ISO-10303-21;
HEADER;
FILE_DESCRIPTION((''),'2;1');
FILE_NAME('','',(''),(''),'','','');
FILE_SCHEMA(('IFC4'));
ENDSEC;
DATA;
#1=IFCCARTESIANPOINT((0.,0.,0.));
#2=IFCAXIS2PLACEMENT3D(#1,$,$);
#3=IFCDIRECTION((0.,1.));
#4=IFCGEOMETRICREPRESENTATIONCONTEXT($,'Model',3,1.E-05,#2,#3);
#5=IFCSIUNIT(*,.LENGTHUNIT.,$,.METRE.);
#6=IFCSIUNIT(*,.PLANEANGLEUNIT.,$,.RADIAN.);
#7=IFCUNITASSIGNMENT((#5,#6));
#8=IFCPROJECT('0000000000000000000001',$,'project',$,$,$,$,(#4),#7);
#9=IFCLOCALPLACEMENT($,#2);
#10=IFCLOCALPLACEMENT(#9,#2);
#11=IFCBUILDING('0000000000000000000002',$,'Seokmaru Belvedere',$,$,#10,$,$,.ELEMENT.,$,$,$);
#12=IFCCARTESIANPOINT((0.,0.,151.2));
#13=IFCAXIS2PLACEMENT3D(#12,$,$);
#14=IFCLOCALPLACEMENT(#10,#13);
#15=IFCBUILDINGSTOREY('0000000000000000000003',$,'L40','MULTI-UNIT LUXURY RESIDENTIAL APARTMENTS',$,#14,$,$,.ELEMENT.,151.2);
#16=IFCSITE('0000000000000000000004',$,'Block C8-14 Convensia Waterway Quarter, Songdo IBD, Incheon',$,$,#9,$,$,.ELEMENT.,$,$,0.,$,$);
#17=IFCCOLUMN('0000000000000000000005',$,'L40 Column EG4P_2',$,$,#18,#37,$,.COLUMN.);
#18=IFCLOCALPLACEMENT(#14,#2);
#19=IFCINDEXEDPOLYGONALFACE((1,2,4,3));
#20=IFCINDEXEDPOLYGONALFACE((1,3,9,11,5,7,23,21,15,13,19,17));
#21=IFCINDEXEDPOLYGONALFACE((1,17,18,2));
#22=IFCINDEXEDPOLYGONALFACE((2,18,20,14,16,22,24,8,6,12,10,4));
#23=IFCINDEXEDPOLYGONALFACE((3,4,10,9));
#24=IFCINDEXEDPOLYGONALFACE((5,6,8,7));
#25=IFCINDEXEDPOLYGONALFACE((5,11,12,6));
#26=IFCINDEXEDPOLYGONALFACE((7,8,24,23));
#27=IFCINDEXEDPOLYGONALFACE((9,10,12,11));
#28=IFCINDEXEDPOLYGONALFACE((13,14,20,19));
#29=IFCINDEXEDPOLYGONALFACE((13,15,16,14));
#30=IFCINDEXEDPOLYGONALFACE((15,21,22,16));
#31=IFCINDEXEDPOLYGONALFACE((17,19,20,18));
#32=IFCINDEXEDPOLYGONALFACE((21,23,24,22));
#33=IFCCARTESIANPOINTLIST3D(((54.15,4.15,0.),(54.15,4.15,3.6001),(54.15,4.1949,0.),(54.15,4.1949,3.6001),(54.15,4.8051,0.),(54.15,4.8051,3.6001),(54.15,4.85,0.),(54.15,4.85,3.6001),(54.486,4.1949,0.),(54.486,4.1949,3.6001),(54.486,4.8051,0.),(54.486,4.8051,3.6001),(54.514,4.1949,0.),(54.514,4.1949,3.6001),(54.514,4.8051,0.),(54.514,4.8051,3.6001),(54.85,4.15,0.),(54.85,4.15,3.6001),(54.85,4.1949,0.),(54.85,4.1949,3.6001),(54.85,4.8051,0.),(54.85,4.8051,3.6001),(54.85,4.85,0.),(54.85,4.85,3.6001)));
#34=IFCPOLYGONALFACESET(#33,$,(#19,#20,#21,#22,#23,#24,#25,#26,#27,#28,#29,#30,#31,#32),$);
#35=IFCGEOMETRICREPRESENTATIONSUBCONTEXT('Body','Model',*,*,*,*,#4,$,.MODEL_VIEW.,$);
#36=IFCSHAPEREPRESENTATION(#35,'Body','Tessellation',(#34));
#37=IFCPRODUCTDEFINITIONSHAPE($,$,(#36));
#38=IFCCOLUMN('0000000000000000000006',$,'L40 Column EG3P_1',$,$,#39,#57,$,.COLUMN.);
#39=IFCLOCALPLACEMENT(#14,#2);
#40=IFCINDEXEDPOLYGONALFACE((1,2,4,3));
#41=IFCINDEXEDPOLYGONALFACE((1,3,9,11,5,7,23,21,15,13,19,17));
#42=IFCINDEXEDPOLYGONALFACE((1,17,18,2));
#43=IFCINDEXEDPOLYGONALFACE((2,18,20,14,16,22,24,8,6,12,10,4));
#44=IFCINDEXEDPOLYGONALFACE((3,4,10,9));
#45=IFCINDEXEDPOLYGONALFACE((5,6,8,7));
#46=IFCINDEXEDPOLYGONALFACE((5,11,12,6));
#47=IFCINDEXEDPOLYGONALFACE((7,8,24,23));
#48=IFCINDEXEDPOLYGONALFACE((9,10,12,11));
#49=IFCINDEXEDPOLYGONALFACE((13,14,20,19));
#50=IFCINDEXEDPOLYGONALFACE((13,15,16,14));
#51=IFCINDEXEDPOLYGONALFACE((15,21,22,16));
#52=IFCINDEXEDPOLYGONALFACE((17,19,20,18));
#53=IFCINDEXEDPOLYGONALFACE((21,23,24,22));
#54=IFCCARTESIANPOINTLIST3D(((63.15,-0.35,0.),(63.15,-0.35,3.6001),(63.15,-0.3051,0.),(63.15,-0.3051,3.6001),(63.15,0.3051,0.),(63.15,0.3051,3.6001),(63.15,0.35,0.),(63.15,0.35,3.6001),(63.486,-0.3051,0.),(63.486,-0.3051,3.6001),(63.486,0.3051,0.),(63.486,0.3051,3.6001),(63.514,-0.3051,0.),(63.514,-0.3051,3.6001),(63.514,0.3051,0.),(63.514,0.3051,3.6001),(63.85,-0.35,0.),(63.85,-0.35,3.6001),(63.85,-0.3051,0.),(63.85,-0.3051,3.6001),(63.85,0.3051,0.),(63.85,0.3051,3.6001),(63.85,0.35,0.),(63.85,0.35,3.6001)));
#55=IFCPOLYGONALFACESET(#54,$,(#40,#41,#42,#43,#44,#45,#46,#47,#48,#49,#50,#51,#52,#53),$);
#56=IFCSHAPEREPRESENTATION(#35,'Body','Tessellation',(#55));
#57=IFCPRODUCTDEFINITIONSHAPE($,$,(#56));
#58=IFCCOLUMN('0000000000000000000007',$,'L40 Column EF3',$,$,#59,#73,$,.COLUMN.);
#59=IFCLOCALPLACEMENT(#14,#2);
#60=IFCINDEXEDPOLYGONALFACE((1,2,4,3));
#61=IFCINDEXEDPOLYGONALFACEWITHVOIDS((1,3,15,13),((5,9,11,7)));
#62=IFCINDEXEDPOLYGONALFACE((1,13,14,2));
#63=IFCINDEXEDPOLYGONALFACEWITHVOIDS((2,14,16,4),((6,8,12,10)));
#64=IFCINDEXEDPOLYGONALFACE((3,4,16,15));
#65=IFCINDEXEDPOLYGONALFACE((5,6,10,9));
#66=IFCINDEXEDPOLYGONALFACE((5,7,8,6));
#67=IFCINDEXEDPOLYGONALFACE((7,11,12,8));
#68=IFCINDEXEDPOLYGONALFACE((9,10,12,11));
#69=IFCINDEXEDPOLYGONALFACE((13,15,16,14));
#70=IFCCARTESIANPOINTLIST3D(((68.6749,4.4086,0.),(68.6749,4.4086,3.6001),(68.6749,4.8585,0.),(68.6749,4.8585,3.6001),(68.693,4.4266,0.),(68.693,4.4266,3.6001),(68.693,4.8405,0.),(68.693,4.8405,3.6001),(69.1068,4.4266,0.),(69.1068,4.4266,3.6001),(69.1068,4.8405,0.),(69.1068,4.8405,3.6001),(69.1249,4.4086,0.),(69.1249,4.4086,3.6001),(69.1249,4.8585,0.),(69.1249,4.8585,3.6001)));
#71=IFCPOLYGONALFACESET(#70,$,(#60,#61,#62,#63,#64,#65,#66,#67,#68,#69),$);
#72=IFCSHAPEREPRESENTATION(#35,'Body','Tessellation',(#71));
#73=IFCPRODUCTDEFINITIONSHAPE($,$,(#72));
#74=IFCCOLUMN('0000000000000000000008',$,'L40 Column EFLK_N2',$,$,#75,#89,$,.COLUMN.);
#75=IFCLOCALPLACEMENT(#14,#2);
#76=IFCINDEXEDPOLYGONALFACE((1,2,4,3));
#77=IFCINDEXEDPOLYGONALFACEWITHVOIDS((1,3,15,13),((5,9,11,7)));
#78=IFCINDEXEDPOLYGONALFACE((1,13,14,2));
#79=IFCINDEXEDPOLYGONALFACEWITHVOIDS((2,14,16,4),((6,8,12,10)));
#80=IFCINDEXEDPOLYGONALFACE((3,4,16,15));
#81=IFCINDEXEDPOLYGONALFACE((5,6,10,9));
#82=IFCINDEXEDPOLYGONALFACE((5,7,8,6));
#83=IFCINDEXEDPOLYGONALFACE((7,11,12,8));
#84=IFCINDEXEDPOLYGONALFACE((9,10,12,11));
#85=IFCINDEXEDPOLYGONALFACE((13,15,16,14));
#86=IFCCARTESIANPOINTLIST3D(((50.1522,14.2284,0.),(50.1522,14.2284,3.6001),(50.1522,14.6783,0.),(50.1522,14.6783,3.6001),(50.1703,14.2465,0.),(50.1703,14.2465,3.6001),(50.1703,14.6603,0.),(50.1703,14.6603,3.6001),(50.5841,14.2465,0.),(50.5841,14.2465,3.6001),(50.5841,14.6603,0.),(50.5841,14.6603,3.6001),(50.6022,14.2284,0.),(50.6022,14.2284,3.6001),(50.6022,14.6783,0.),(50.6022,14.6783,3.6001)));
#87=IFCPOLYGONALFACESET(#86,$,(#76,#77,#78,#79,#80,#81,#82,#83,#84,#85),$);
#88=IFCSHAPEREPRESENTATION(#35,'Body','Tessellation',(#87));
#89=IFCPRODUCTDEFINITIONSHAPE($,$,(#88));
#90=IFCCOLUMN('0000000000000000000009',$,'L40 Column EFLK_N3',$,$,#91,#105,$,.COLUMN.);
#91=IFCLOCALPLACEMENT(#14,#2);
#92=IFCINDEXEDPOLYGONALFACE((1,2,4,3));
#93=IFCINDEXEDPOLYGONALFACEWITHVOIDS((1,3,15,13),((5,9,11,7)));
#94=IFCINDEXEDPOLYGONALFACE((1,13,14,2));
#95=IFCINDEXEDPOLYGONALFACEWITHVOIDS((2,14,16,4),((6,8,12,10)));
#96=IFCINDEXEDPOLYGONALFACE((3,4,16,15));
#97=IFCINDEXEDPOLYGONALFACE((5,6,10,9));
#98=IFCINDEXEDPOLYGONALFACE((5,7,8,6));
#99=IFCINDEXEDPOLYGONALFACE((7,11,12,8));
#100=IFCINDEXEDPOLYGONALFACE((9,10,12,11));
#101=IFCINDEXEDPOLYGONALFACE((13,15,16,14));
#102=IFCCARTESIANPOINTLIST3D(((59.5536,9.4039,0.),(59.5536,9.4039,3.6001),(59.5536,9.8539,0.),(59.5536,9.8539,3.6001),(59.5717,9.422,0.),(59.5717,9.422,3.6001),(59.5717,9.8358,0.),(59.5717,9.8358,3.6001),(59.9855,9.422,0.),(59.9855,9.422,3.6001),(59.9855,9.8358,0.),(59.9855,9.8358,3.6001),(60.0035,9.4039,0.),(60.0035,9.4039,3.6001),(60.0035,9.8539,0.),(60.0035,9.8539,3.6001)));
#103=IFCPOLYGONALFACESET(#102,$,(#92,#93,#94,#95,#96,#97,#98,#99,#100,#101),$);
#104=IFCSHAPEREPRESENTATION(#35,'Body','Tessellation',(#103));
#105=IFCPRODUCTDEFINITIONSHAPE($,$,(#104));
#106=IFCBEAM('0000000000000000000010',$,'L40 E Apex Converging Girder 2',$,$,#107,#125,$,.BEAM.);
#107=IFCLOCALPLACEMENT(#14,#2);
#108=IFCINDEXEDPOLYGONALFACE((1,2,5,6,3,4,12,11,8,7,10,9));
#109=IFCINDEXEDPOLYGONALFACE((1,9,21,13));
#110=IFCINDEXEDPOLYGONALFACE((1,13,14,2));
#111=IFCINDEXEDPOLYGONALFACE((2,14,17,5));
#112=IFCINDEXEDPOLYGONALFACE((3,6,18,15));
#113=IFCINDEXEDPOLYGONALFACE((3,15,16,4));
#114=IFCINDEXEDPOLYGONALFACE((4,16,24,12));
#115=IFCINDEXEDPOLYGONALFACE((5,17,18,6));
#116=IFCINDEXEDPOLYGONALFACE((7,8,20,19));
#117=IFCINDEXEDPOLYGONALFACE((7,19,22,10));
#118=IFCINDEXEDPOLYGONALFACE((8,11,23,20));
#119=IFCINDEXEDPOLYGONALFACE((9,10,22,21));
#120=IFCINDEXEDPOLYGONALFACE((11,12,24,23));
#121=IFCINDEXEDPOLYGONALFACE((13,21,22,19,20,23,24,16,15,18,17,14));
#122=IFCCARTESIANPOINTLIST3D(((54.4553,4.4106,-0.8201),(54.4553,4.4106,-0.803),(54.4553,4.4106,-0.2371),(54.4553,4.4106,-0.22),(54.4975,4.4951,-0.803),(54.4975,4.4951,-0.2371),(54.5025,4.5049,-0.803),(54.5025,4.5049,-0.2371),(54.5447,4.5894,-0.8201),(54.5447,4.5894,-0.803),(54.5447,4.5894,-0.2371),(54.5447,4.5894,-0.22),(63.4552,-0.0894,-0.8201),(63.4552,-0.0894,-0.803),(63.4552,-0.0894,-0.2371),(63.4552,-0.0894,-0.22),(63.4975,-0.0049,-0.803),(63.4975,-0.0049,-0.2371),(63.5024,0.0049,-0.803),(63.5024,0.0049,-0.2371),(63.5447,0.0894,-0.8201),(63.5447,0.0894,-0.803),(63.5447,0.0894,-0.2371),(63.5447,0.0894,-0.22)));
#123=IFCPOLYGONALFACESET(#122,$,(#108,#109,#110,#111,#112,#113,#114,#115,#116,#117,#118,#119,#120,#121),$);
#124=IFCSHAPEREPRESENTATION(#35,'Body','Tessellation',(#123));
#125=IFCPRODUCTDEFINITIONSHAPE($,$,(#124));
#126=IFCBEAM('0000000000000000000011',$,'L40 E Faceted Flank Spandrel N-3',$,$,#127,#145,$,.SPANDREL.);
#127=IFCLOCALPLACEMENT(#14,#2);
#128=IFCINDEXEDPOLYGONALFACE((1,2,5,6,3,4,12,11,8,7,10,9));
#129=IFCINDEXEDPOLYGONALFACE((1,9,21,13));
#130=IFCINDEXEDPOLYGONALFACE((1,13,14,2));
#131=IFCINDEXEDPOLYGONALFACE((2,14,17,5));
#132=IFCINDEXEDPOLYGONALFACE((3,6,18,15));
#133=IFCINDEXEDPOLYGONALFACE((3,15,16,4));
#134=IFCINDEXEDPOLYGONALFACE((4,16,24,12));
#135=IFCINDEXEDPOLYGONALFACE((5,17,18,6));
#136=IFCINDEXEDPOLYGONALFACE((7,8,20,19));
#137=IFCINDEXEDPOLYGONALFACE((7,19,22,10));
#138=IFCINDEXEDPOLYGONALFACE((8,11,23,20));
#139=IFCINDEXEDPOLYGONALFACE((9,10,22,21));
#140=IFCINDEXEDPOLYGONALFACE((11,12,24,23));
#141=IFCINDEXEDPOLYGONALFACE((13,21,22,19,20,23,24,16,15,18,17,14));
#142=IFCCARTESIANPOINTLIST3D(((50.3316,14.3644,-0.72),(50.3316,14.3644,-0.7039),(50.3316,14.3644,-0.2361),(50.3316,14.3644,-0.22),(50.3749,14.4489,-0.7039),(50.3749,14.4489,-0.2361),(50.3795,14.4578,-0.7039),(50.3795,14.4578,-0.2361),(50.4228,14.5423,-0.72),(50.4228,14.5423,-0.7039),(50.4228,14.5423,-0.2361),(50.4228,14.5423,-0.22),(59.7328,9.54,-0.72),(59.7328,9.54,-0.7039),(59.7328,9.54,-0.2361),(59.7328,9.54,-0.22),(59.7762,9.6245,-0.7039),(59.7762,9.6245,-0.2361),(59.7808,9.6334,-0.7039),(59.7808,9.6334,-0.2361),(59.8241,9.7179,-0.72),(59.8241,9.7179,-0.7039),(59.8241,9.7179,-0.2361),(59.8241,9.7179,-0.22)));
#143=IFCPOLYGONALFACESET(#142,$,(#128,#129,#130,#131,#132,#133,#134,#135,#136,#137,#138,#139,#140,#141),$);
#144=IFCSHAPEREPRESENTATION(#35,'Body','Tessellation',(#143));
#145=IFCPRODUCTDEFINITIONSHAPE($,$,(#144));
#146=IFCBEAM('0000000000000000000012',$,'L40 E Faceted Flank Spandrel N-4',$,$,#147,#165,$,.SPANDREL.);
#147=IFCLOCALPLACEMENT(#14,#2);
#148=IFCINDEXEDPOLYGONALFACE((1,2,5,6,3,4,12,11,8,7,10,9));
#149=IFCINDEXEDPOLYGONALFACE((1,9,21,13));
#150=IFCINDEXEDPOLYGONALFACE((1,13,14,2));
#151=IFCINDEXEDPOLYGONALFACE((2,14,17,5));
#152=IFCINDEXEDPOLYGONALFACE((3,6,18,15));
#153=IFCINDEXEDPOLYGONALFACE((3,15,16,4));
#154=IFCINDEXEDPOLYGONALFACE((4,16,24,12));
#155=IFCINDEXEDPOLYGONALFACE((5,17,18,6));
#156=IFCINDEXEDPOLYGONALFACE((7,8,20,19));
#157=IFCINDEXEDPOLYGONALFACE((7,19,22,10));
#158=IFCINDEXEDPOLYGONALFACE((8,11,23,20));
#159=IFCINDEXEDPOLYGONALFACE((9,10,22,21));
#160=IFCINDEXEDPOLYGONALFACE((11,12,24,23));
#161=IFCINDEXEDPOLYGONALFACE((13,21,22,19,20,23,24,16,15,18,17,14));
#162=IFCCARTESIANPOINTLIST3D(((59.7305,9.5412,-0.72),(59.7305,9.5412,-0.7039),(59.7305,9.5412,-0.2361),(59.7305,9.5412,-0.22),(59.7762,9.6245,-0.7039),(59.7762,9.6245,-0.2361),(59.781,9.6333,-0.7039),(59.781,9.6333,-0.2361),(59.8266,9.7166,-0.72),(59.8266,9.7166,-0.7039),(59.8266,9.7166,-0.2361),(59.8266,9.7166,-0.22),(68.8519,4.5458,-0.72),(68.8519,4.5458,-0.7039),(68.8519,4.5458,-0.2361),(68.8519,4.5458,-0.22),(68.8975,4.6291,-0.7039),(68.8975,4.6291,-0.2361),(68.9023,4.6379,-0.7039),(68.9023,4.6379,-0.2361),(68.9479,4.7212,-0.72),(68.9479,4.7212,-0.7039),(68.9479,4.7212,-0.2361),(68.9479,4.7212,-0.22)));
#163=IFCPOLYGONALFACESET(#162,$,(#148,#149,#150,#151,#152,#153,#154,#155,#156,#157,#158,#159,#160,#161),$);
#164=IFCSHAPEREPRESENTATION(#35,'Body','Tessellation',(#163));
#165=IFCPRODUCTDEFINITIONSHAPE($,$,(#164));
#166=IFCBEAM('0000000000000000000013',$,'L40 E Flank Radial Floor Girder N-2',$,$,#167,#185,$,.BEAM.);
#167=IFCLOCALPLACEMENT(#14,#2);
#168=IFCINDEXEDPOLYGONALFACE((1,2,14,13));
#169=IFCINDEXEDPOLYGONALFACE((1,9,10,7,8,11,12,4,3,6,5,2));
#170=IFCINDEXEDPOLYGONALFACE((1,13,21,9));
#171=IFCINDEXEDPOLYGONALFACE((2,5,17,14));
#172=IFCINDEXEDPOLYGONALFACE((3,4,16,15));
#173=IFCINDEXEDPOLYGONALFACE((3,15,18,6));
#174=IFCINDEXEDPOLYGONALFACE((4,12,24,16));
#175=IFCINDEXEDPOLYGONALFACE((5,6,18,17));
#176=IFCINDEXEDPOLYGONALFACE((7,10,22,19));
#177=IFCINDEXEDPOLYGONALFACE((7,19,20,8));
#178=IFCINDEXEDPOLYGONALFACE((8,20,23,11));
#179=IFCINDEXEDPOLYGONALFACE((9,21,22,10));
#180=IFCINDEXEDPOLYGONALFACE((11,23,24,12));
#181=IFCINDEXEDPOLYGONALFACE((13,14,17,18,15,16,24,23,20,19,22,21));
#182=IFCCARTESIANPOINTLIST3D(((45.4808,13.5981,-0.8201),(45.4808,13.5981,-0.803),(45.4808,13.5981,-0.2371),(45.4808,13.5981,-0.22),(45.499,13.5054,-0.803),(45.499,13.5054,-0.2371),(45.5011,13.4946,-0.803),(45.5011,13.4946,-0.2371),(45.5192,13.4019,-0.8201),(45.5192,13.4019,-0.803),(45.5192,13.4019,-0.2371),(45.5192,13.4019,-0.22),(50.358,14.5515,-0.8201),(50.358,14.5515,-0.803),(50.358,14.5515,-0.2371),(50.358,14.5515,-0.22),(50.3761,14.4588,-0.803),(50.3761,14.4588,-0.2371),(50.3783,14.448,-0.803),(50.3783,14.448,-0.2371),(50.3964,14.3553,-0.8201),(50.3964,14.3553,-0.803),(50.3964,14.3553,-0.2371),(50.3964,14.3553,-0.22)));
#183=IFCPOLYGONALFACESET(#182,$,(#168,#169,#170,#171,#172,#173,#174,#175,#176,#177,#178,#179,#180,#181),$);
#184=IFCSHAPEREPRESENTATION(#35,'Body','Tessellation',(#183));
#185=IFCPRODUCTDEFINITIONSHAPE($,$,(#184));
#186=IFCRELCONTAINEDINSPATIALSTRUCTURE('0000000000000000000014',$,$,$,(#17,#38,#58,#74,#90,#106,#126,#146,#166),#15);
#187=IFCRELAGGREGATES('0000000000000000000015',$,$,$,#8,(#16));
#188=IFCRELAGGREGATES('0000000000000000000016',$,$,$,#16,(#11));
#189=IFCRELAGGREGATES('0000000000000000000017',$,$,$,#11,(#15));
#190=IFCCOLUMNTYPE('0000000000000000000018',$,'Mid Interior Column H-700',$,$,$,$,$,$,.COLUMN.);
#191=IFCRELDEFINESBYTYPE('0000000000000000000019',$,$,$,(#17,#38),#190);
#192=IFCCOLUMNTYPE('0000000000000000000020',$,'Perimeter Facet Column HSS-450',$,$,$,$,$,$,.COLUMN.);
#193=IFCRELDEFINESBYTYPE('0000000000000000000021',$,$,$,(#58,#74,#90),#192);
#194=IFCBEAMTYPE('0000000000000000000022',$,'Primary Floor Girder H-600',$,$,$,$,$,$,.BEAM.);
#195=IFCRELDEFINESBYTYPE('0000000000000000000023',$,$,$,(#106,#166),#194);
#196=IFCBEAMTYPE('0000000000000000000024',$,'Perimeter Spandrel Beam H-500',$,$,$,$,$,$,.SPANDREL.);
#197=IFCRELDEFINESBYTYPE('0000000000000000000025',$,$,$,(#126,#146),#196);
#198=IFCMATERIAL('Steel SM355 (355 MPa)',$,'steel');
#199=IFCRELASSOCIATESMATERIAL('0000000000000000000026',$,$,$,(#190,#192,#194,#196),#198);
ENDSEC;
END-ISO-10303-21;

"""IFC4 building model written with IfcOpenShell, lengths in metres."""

from ifc_helpers import new_model, si_unit, direction, frame, origin, origin_2d, place, context, subcontext, project, spatial, hollow_rectangle, i_section, extrude, source, transform, mapped, material, material_profile, profile_set, type_object, type_shapes, element, save


model = new_model("IFC4")

# Units and contexts
model_context = context("Model", 3, precision=1e-05, world=origin(), true_north=direction((0.0, 1.0)))
body_context = subcontext(model_context, "Body", "Model", "MODEL_VIEW")
ifc_project = project(units=[si_unit("LENGTHUNIT", "METRE"), si_unit("PLANEANGLEUNIT", "RADIAN")], contexts=[model_context])

# Site, building, storey
site_placement = place(None, origin())
site = spatial("IfcSite", under=ifc_project, at=site_placement, Name="Block C8-14 Convensia Waterway Quarter, Songdo IBD, Incheon", CompositionType="ELEMENT", RefElevation=0.0)
building_placement = place(site_placement, origin())
building = spatial("IfcBuilding", under=site, at=building_placement, Name="Seokmaru Belvedere", CompositionType="ELEMENT")
storey_placement = place(building_placement, frame((0.0, 0.0, 151.2)))
storey = spatial("IfcBuildingStorey", under=building, at=storey_placement, Name="L40", Description="MULTI-UNIT LUXURY RESIDENTIAL APARTMENTS", CompositionType="ELEMENT", Elevation=151.2)

# Columns
ifc_material_1 = material(Name="Steel SM355 (355 MPa)", Category="steel")
ifc_material_profile_1 = material_profile(ifc_material_1, i_section(OverallWidth=0.7, OverallDepth=0.7, WebThickness=0.0281, FlangeThickness=0.0449, at=origin_2d()), Name="H-700x700x28x45")
ifc_profile_set_1 = profile_set([ifc_material_profile_1], Name="Steel SM355 (355 MPa)")
column_type_1 = type_object("IfcColumnType", Name="Mid Interior Column H-700", PredefinedType="COLUMN", material=ifc_profile_set_1)
shared_shape_1 = source(origin(), body_context, "Body", "SweptSolid", [
    extrude(i_section(OverallWidth=0.7, OverallDepth=0.7, WebThickness=0.0281, FlangeThickness=0.0449, at=origin_2d()), origin(), (0.0, 0.0, 1.0), 3.6001),
])
type_shapes(column_type_1, [shared_shape_1])
for number, where, z_axis, x_axis, name in (
    (1, (54.5, 4.5, 0.0), (0.0, 0.0, 1.0), (1.0, 0.0, 0.0), "L40 Column EG4P_2"),
    (2, (63.5, 0.0, 0.0), (0.0, 0.0, 1.0), (1.0, 0.0, 0.0), "L40 Column EG3P_1"),
):
    element("IfcColumn", number, at=place(storey_placement, frame(where, z_axis=z_axis, x_axis=x_axis)), inside=storey, type_object=column_type_1, Name=name, PredefinedType="COLUMN", context=body_context, shape_type="MappedRepresentation", body=[
        mapped(shared_shape_1, transform((0.0, 0.0, 0.0), scale=1.0)),
    ])
ifc_material_profile_2 = material_profile(ifc_material_1, hollow_rectangle(XDim=0.45, YDim=0.45, WallThickness=0.0181, at=origin_2d()), Name="HSS-450x450x18")
ifc_profile_set_2 = profile_set([ifc_material_profile_2], Name="Steel SM355 (355 MPa)")
column_type_2 = type_object("IfcColumnType", Name="Perimeter Facet Column HSS-450", PredefinedType="COLUMN", material=ifc_profile_set_2)
shared_shape_2 = source(origin(), body_context, "Body", "SweptSolid", [
    extrude(hollow_rectangle(XDim=0.45, YDim=0.45, WallThickness=0.0181, at=origin_2d()), origin(), (0.0, 0.0, 1.0), 3.6001),
])
type_shapes(column_type_2, [shared_shape_2])
for number, where, z_axis, x_axis, name in (
    (3, (68.8999, 4.6335, 0.0), (0.0, 0.0, 1.0), (1.0, 0.0, 0.0), "L40 Column EF3"),
    (4, (50.3772, 14.4534, 0.0), (0.0, 0.0, 1.0), (1.0, 0.0, 0.0), "L40 Column EFLK_N2"),
    (5, (59.7786, 9.6289, 0.0), (0.0, 0.0, 1.0), (1.0, 0.0, 0.0), "L40 Column EFLK_N3"),
):
    element("IfcColumn", number, at=place(storey_placement, frame(where, z_axis=z_axis, x_axis=x_axis)), inside=storey, type_object=column_type_2, Name=name, PredefinedType="COLUMN", context=body_context, shape_type="MappedRepresentation", body=[
        mapped(shared_shape_2, transform((0.0, 0.0, 0.0), scale=1.0)),
    ])

# Beams
ifc_material_profile_3 = material_profile(ifc_material_1, i_section(OverallWidth=0.2, OverallDepth=0.6001, WebThickness=0.011, FlangeThickness=0.0171, at=origin_2d()), Name="H-600x200x11x17")
ifc_profile_set_3 = profile_set([ifc_material_profile_3], Name="Steel SM355 (355 MPa)")
beam_type_1 = type_object("IfcBeamType", Name="Primary Floor Girder H-600", PredefinedType="BEAM", material=ifc_profile_set_3)
shared_shape_3 = source(origin(), body_context, "Body", "SweptSolid", [
    extrude(i_section(OverallWidth=0.2, OverallDepth=0.6001, WebThickness=0.011, FlangeThickness=0.0171, at=origin_2d()), origin(), (0.0, 0.0, 1.0), 10.0623),
])
beam_1_placement = place(storey_placement, frame((54.5, 4.5, -0.52), z_axis=(0.894427, -0.447214, 0.0), x_axis=(0.447214, 0.894427, 0.0)))
element("IfcBeam", 6, at=beam_1_placement, inside=storey, type_object=beam_type_1, Name="L40 E Apex Converging Girder 2", PredefinedType="BEAM", context=body_context, shape_type="MappedRepresentation", body=[
    mapped(shared_shape_3, transform((0.0, 0.0, 0.0), scale=1.0)),
])
ifc_material_profile_4 = material_profile(ifc_material_1, i_section(OverallWidth=0.2, OverallDepth=0.5, WebThickness=0.01, FlangeThickness=0.0161, at=origin_2d()), Name="H-500x200x10x16")
ifc_profile_set_4 = profile_set([ifc_material_profile_4], Name="Steel SM355 (355 MPa)")
beam_type_2 = type_object("IfcBeamType", Name="Perimeter Spandrel Beam H-500", PredefinedType="SPANDREL", material=ifc_profile_set_4)
shared_shape_4 = source(origin(), body_context, "Body", "SweptSolid", [
    extrude(i_section(OverallWidth=0.2, OverallDepth=0.5, WebThickness=0.01, FlangeThickness=0.0161, at=origin_2d()), origin(), (0.0, 0.0, 1.0), 10.5669),
])
beam_2_placement = place(storey_placement, frame((50.3772, 14.4534, -0.47), z_axis=(0.889693, -0.45656, 0.0), x_axis=(0.45656, 0.889693, 0.0)))
element("IfcBeam", 7, at=beam_2_placement, inside=storey, type_object=beam_type_2, Name="L40 E Faceted Flank Spandrel N-3", PredefinedType="SPANDREL", context=body_context, shape_type="MappedRepresentation", body=[
    mapped(shared_shape_4, transform((0.0, 0.0, 0.0), scale=1.0)),
])
shared_shape_5 = source(origin(), body_context, "Body", "SweptSolid", [
    extrude(i_section(OverallWidth=0.2, OverallDepth=0.5, WebThickness=0.01, FlangeThickness=0.0161, at=origin_2d()), origin(), (0.0, 0.0, 1.0), 10.3997),
])
type_shapes(beam_type_2, [shared_shape_4, shared_shape_5])
beam_3_placement = place(storey_placement, frame((59.7786, 9.6289, -0.47), z_axis=(0.877082, -0.48034, 0.0), x_axis=(0.48034, 0.877082, 0.0)))
element("IfcBeam", 8, at=beam_3_placement, inside=storey, type_object=beam_type_2, Name="L40 E Faceted Flank Spandrel N-4", PredefinedType="SPANDREL", context=body_context, shape_type="MappedRepresentation", body=[
    mapped(shared_shape_5, transform((0.0, 0.0, 0.0), scale=1.0)),
])
shared_shape_6 = source(origin(), body_context, "Body", "SweptSolid", [
    extrude(i_section(OverallWidth=0.2, OverallDepth=0.6001, WebThickness=0.011, FlangeThickness=0.0171, at=origin_2d()), origin(), (0.0, 0.0, 1.0), 4.9695),
])
beam_4_placement = place(storey_placement, frame((50.3772, 14.4534, -0.52), z_axis=(-0.981425, -0.191844, 0.0), x_axis=(0.191844, -0.981425, 0.0)))
element("IfcBeam", 9, at=beam_4_placement, inside=storey, type_object=beam_type_1, Name="L40 E Flank Radial Floor Girder N-2", PredefinedType="BEAM", context=body_context, shape_type="MappedRepresentation", body=[
    mapped(shared_shape_6, transform((0.0, 0.0, 0.0), scale=1.0)),
])

save(model, "model.ifc")
